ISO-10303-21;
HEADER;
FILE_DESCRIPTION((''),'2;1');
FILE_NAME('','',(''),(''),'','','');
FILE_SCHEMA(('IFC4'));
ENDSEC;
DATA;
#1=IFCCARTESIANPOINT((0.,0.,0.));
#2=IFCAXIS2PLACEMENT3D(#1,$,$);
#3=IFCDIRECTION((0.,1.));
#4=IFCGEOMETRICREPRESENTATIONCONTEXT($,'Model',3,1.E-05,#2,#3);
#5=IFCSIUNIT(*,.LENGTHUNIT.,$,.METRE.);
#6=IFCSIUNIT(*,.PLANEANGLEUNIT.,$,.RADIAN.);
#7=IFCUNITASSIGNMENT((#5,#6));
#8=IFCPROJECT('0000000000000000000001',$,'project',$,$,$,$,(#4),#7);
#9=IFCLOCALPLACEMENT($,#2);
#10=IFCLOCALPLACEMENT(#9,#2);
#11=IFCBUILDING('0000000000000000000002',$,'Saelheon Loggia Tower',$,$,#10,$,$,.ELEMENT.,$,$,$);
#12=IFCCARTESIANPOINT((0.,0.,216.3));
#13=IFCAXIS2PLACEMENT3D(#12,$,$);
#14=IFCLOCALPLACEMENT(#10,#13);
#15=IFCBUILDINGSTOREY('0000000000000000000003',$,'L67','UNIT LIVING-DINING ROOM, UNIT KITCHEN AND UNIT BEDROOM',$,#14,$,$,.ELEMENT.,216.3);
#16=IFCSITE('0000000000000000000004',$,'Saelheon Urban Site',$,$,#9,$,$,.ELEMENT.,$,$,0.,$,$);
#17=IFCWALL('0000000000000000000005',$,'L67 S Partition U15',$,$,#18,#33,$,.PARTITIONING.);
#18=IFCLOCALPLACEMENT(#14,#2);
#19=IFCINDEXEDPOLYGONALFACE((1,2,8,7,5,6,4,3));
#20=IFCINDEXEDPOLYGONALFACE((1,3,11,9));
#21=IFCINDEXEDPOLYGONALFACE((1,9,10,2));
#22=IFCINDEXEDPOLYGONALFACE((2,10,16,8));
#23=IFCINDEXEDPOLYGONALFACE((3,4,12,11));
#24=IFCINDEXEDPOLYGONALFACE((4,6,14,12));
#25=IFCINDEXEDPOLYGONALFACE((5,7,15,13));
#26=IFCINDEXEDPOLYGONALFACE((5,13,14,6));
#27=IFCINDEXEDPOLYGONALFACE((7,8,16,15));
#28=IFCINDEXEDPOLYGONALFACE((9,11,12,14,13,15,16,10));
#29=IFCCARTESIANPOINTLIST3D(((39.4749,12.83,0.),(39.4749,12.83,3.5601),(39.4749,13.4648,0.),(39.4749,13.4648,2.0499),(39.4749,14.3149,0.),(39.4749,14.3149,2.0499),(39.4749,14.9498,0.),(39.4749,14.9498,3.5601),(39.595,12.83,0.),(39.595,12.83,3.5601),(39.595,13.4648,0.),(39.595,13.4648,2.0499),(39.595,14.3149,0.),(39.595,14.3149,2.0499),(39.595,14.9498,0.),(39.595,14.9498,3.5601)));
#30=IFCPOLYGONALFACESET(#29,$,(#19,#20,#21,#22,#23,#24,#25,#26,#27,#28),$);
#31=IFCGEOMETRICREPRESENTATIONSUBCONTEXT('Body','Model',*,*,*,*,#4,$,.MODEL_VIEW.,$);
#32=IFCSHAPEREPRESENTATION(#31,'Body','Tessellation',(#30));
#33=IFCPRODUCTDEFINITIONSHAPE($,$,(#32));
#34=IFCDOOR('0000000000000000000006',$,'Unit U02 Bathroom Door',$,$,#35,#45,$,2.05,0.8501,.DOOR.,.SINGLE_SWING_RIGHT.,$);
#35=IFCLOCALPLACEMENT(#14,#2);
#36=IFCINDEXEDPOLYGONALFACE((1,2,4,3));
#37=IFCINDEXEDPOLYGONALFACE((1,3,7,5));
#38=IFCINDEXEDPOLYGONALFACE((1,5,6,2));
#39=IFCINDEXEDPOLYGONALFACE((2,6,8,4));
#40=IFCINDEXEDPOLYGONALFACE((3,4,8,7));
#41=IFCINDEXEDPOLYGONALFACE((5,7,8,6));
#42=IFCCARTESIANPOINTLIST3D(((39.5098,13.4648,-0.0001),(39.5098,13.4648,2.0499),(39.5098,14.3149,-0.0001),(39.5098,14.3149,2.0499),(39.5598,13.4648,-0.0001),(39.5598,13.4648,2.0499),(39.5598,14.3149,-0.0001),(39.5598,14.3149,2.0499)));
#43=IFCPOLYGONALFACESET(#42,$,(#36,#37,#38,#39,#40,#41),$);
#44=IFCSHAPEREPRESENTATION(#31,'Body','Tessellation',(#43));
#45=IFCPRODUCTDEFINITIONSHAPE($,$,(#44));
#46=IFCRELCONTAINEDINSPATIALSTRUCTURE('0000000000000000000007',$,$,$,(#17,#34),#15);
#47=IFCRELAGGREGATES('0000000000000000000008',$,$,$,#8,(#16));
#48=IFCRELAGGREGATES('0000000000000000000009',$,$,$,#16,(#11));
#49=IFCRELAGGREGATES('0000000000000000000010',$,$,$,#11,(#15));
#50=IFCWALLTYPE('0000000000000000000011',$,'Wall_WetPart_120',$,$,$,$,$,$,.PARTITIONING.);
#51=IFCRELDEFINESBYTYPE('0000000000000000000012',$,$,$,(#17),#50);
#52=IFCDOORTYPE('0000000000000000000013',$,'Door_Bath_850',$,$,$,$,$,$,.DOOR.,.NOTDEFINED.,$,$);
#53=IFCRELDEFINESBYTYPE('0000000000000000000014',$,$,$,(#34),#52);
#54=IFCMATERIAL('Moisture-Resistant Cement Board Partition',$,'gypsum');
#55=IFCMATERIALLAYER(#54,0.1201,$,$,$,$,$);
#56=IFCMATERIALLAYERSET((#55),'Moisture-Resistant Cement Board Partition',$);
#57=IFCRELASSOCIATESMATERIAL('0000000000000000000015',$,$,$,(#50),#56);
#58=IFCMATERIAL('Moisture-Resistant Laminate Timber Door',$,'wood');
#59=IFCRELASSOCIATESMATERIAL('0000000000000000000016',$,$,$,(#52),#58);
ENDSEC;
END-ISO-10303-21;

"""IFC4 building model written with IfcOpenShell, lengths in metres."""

from ifc_helpers import new_model, si_unit, direction, frame, frame_2d, origin, place, context, subcontext, project, spatial, rectangle, extrude, source, transform, mapped, material, layer, layer_set, type_object, element, fill, save


model = new_model("IFC4")

# Units and contexts
model_context = context("Model", 3, precision=1e-05, world=origin(), true_north=direction((0.0, 1.0)))
body_context = subcontext(model_context, "Body", "Model", "MODEL_VIEW")
ifc_project = project(units=[si_unit("LENGTHUNIT", "METRE"), si_unit("PLANEANGLEUNIT", "RADIAN")], contexts=[model_context])

# Site, building, storey
site_placement = place(None, origin())
site = spatial("IfcSite", under=ifc_project, at=site_placement, Name="Saelheon Urban Site", CompositionType="ELEMENT", RefElevation=0.0)
building_placement = place(site_placement, origin())
building = spatial("IfcBuilding", under=site, at=building_placement, Name="Saelheon Loggia Tower", CompositionType="ELEMENT")
storey_placement = place(building_placement, frame((0.0, 0.0, 216.3)))
storey = spatial("IfcBuildingStorey", under=building, at=storey_placement, Name="L67", Description="UNIT LIVING-DINING ROOM, UNIT KITCHEN AND UNIT BEDROOM", CompositionType="ELEMENT", Elevation=216.3)

# Wall, opening, door
ifc_material_1 = material(Name="Moisture-Resistant Cement Board Partition", Category="gypsum")
ifc_layer_1 = layer(ifc_material_1, 0.1201)
ifc_layer_set_1 = layer_set([ifc_layer_1], Name="Moisture-Resistant Cement Board Partition")
wall_type_1 = type_object("IfcWallType", Name="Wall_WetPart_120", PredefinedType="PARTITIONING", material=ifc_layer_set_1)
wall_1_placement = place(storey_placement, frame((39.5349, 14.95, 0.0), z_axis=(0.0, 0.0, 1.0), x_axis=(0.0, -1.0, 0.0)))
wall_1 = element("IfcWall", 1, at=wall_1_placement, inside=storey, type_object=wall_type_1, Name="L67 S Partition U15", PredefinedType="PARTITIONING", context=body_context, shape_type="SweptSolid", body=[
    extrude(rectangle(XDim=2.1199, YDim=0.1201, at=frame_2d((1.0601, 0.0))), origin(), (0.0, 0.0, 1.0), 3.5601),
])
opening_1_placement = place(wall_1_placement, frame((0.635, 0.0, 0.0)))
opening_1 = element("IfcOpeningElement", 2, at=opening_1_placement, cuts=wall_1, PredefinedType="OPENING", context=body_context, shape_type="SweptSolid", body=[
    extrude(rectangle(XDim=0.8501, YDim=2.05, at=frame_2d((0.425, 1.0249))), frame((0.0, 0.072, 0.0), z_axis=(0.0, -1.0, 0.0), x_axis=(1.0, 0.0, 0.0)), (0.0, 0.0, 1.0), 0.144),
])
ifc_material_2 = material(Name="Moisture-Resistant Laminate Timber Door", Category="wood")
door_type_1 = type_object("IfcDoorType", Name="Door_Bath_850", OperationType="NOTDEFINED", PredefinedType="DOOR", material=ifc_material_2)
shared_shape_1 = source(origin(), body_context, "Body", "SweptSolid", [
    extrude(rectangle(XDim=0.8501, YDim=2.05, at=frame_2d((0.425, 1.0249))), frame((0.0, 0.0249, 0.0), z_axis=(0.0, -1.0, 0.0), x_axis=(1.0, 0.0, 0.0)), (0.0, 0.0, 1.0), 0.05),
])
door_1_placement = place(opening_1_placement, origin())
door_1 = element("IfcDoor", 3, at=door_1_placement, inside=storey, type_object=door_type_1, Name="Unit U02 Bathroom Door", OperationType="SINGLE_SWING_RIGHT", OverallHeight=2.05, OverallWidth=0.8501, PredefinedType="DOOR", context=body_context, shape_type="MappedRepresentation", body=[
    mapped(shared_shape_1, transform((0.0, 0.0, 0.0), scale=1.0)),
])
fill(opening_1, door_1)

save(model, "model.ifc")
